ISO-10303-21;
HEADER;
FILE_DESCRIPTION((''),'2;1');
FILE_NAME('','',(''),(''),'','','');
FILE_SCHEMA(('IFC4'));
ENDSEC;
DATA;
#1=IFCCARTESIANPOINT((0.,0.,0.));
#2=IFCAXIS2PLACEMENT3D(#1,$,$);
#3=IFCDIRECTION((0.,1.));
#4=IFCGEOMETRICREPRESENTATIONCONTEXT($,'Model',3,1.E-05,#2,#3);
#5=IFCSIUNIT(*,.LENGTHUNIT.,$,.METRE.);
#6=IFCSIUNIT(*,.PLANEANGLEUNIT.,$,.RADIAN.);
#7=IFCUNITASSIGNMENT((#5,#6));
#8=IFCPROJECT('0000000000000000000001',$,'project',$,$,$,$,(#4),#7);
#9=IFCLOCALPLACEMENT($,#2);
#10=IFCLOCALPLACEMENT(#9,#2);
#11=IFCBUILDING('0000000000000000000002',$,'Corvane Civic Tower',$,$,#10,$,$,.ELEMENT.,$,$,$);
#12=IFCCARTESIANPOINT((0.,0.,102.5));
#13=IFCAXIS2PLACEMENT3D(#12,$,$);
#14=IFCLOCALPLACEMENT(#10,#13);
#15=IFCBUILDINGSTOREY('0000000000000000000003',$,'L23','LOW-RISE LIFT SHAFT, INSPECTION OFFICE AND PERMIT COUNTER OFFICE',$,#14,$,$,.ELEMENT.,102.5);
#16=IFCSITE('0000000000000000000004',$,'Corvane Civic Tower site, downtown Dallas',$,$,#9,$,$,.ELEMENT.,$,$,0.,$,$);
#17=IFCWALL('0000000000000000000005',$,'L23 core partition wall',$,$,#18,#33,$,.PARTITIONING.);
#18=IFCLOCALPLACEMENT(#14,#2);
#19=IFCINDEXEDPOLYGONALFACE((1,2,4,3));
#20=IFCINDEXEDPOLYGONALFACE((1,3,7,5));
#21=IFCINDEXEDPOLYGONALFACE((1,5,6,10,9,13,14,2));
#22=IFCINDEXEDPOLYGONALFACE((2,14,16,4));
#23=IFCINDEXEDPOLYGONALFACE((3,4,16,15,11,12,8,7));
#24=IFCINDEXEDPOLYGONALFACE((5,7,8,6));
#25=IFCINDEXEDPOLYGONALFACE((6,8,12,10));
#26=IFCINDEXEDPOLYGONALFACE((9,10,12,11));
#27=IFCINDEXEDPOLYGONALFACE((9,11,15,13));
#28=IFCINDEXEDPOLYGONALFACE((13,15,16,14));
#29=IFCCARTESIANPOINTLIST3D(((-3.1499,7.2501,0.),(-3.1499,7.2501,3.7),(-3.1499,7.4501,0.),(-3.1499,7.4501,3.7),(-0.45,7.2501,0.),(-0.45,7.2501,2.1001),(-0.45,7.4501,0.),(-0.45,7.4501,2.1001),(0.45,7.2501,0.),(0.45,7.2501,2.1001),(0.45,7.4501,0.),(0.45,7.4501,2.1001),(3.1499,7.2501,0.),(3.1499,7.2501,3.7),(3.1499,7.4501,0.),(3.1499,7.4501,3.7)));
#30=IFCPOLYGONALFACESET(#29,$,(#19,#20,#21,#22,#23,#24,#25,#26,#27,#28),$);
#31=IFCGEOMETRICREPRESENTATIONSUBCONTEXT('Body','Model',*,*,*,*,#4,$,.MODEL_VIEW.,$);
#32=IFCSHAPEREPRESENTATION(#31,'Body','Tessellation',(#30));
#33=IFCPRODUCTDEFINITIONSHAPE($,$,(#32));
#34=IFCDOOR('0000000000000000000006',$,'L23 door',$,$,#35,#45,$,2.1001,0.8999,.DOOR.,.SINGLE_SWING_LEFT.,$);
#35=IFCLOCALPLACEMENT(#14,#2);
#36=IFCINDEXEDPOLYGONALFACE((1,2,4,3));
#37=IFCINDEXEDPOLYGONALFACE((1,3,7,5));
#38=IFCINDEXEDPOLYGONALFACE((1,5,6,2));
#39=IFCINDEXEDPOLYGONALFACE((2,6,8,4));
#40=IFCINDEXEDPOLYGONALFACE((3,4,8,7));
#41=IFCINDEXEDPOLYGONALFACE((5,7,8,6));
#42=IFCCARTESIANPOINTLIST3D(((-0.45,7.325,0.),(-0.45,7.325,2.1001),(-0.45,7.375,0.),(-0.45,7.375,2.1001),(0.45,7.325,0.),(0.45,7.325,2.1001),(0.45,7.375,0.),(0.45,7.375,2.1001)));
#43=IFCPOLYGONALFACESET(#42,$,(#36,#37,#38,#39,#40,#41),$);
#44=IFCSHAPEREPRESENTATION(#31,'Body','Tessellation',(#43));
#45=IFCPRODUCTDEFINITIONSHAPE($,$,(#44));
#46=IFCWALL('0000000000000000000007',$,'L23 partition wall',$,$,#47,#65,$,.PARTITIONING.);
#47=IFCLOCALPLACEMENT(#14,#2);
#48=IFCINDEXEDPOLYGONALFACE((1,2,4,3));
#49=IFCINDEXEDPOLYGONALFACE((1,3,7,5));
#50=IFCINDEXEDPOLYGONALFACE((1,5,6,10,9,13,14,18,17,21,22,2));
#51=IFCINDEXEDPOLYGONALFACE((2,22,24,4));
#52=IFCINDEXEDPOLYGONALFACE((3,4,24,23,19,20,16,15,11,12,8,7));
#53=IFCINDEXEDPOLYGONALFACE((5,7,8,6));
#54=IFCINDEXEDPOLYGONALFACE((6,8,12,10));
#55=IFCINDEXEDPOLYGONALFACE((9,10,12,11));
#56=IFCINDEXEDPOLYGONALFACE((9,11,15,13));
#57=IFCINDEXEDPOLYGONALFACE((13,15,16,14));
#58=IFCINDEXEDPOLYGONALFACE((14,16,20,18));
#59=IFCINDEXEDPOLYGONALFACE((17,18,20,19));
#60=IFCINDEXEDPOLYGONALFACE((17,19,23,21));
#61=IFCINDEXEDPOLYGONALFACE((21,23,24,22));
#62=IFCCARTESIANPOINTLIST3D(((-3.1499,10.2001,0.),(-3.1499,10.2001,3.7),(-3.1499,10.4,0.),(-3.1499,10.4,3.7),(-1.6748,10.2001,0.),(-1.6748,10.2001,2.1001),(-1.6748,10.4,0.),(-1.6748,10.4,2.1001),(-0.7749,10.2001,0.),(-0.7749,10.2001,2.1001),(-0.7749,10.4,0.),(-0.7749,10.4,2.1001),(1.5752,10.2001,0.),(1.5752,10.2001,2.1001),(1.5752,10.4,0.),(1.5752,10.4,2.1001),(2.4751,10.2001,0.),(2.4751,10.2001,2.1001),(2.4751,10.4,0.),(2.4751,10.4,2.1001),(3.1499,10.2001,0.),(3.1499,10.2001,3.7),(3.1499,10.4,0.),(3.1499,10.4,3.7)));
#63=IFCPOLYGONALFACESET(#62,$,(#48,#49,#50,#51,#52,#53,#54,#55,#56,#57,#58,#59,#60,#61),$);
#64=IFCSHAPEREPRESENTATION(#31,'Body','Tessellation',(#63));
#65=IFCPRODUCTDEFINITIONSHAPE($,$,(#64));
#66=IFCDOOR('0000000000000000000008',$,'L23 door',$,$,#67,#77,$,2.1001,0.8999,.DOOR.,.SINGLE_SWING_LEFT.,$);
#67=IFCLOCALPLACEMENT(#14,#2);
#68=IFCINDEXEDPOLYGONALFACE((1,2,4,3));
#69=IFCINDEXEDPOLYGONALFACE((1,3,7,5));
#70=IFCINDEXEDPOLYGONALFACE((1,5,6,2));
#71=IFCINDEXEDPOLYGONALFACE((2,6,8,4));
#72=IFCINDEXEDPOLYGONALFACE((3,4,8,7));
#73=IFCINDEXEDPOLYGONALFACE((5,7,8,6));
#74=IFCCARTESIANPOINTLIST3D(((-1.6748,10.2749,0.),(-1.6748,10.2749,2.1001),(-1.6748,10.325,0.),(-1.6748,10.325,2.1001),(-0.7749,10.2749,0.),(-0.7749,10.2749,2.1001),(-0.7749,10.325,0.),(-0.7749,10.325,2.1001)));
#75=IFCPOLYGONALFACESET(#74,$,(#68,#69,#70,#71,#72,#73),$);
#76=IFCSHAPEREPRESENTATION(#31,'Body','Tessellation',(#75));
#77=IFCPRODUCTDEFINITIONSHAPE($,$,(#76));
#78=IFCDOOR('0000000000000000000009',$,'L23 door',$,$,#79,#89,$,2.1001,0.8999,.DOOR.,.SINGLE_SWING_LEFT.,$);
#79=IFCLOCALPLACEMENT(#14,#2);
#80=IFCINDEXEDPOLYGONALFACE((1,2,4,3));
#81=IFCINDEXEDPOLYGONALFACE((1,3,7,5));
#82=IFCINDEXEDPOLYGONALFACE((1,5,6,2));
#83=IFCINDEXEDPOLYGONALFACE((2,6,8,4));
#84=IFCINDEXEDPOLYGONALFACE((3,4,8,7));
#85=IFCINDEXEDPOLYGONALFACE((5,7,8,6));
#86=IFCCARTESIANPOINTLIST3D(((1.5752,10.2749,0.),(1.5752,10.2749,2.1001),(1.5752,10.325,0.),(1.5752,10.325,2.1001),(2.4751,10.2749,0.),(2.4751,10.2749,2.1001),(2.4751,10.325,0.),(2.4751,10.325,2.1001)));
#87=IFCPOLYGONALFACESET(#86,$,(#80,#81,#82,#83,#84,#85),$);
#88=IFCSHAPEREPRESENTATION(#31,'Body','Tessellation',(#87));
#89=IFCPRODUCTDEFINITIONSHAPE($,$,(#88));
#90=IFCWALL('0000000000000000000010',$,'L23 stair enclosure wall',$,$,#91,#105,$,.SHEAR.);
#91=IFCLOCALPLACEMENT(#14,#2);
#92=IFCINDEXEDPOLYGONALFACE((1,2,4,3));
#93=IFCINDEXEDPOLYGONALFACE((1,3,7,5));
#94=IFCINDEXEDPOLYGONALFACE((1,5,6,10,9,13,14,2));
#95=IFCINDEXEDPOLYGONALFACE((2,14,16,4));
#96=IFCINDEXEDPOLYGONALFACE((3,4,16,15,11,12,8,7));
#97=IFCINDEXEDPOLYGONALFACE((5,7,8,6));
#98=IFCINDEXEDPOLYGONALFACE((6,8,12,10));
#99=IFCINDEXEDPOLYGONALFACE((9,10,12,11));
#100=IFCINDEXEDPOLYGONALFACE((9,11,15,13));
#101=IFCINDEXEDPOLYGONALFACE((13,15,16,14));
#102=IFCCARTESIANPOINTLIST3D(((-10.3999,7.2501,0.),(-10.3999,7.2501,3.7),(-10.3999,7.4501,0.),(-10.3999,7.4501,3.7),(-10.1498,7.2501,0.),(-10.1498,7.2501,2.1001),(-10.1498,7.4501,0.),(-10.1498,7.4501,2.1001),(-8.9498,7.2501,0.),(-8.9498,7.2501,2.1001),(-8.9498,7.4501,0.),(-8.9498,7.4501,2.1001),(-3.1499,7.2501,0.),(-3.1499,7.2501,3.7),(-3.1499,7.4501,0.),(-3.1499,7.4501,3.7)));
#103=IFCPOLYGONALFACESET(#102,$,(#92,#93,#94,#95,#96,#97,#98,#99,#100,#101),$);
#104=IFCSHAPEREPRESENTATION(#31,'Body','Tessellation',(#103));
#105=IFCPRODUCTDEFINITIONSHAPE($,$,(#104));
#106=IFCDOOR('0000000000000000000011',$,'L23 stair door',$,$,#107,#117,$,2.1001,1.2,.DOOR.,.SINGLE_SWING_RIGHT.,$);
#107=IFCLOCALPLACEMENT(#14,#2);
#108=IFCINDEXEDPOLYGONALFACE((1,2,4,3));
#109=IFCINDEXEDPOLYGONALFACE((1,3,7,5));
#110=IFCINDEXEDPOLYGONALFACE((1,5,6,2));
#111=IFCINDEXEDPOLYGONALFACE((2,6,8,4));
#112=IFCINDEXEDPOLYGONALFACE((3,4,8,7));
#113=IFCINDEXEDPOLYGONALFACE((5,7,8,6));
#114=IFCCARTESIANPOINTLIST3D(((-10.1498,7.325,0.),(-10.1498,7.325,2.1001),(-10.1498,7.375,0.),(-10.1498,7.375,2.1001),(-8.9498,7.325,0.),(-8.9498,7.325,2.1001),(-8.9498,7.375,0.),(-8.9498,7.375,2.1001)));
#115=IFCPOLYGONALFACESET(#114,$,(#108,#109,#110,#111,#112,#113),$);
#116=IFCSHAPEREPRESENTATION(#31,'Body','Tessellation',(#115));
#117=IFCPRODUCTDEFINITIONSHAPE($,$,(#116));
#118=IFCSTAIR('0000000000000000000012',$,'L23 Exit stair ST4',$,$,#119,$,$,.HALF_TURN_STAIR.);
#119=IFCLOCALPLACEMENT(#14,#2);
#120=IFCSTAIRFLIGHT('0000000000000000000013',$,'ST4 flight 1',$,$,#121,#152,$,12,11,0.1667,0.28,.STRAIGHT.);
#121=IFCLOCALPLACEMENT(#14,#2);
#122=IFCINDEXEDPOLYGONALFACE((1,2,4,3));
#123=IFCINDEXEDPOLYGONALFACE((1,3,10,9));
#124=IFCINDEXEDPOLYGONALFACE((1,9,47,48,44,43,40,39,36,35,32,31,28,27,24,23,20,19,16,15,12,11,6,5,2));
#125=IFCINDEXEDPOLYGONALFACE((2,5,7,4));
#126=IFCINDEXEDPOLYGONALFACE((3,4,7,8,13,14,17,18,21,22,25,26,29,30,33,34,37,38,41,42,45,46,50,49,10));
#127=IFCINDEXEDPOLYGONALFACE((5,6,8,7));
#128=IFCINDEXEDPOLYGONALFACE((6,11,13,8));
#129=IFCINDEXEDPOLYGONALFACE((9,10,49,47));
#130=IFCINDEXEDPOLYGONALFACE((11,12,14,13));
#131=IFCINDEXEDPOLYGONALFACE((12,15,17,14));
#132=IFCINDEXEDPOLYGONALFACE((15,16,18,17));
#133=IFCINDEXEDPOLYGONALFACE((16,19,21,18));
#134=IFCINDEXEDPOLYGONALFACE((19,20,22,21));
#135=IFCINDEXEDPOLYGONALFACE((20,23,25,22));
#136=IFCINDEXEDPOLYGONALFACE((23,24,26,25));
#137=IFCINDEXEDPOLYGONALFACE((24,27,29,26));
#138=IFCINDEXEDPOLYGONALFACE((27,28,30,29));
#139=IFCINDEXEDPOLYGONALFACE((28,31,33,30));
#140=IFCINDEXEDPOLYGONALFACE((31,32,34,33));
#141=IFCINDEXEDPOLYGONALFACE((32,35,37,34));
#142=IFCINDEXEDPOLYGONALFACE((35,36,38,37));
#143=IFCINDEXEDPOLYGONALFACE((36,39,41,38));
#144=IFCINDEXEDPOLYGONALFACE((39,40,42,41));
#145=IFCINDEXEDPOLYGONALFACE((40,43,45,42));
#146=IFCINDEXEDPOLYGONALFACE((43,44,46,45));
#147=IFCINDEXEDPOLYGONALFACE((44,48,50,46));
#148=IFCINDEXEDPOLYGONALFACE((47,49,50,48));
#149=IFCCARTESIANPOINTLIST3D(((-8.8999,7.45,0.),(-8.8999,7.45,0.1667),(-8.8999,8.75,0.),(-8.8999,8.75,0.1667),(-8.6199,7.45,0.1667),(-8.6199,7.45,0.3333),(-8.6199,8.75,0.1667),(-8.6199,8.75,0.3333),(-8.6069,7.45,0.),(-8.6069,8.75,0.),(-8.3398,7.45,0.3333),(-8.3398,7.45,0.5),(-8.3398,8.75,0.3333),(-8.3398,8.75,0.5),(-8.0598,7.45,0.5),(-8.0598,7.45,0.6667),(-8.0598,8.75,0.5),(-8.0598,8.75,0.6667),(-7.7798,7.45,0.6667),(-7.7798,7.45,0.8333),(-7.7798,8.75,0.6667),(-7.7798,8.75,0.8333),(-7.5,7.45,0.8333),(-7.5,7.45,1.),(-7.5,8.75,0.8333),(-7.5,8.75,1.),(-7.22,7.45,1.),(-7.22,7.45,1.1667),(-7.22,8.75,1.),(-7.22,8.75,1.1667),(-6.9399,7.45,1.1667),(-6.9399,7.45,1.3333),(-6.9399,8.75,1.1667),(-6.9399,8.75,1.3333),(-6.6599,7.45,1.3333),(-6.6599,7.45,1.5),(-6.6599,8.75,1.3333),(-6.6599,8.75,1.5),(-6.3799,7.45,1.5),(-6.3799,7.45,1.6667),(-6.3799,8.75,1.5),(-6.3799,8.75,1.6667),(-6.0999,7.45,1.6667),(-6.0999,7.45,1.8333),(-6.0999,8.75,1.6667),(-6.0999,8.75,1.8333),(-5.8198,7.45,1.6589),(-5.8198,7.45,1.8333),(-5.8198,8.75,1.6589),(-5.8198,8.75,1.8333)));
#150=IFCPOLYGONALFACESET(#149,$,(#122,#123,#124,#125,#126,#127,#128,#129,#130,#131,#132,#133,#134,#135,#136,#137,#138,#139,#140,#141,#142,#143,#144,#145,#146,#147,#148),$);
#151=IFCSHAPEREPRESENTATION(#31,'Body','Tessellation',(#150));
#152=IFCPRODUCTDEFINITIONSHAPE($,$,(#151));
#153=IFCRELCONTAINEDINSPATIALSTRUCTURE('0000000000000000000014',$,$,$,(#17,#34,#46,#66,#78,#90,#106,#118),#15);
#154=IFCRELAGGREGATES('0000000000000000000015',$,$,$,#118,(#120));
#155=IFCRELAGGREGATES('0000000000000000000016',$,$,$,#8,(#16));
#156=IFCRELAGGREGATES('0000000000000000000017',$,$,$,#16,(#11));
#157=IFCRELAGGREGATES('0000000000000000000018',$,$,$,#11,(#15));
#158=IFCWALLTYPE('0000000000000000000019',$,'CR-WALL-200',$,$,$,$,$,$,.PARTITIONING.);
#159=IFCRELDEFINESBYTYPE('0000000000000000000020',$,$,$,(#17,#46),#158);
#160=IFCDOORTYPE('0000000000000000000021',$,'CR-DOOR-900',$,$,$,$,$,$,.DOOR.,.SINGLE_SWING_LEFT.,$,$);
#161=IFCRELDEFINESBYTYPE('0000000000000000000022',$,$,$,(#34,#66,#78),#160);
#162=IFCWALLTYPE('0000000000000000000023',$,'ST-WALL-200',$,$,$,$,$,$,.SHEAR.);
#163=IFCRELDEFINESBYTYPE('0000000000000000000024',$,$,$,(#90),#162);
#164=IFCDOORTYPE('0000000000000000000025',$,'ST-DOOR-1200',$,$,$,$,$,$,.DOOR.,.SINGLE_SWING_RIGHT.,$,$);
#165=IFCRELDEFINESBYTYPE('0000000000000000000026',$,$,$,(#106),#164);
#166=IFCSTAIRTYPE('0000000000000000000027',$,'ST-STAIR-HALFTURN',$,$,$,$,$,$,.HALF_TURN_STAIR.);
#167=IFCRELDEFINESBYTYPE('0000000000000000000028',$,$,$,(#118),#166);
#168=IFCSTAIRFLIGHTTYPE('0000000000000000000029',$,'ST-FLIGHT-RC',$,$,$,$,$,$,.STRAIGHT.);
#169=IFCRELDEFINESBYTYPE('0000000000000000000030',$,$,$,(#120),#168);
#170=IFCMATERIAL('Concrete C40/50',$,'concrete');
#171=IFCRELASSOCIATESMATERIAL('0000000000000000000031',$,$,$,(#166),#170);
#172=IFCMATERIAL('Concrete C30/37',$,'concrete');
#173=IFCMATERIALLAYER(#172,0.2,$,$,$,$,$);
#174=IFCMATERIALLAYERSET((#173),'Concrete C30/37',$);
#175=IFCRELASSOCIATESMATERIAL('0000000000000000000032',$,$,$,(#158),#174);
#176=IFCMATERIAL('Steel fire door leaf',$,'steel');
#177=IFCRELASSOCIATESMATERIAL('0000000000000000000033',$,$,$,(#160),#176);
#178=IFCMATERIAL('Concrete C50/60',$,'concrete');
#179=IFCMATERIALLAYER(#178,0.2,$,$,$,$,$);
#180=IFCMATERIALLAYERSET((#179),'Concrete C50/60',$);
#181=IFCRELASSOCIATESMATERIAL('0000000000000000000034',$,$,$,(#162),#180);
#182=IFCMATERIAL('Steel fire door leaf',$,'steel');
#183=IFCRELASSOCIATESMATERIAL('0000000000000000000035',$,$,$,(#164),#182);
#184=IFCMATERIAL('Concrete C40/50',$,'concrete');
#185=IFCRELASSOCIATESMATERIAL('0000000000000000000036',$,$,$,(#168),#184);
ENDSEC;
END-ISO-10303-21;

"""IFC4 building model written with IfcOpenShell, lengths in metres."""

from ifc_helpers import new_model, si_unit, direction, frame, frame_2d, origin, place, context, subcontext, project, spatial, polyline, rectangle, outline, extrude, material, layer, layer_set, type_object, element, fill, aggregate, save


model = new_model("IFC4")

# Units and contexts
model_context = context("Model", 3, precision=1e-05, world=origin(), true_north=direction((0.0, 1.0)))
body_context = subcontext(model_context, "Body", "Model", "MODEL_VIEW")
ifc_project = project(units=[si_unit("LENGTHUNIT", "METRE"), si_unit("PLANEANGLEUNIT", "RADIAN")], contexts=[model_context])

# Site, building, storey
site_placement = place(None, origin())
site = spatial("IfcSite", under=ifc_project, at=site_placement, Name="Corvane Civic Tower site, downtown Dallas", CompositionType="ELEMENT", RefElevation=0.0)
building_placement = place(site_placement, origin())
building = spatial("IfcBuilding", under=site, at=building_placement, Name="Corvane Civic Tower", CompositionType="ELEMENT")
storey_placement = place(building_placement, frame((0.0, 0.0, 102.5)))
storey = spatial("IfcBuildingStorey", under=building, at=storey_placement, Name="L23", Description="LOW-RISE LIFT SHAFT, INSPECTION OFFICE AND PERMIT COUNTER OFFICE", CompositionType="ELEMENT", Elevation=102.5)

# Shared definitions
ifc_material_1 = material(Name="Concrete C40/50", Category="concrete")
stair_type = type_object("IfcStairType", Name="ST-STAIR-HALFTURN", PredefinedType="HALF_TURN_STAIR", material=ifc_material_1)

# Shared definitions
ifc_material_2 = material(Name="Concrete C30/37", Category="concrete")
ifc_layer_1 = layer(ifc_material_2, 0.2)
ifc_layer_set_1 = layer_set([ifc_layer_1], Name="Concrete C30/37")
wall_type_1 = type_object("IfcWallType", Name="CR-WALL-200", PredefinedType="PARTITIONING", material=ifc_layer_set_1)

# Wall, opening, door
ifc_material_3 = material(Name="Steel fire door leaf", Category="steel")
door_type_1 = type_object("IfcDoorType", Name="CR-DOOR-900", OperationType="SINGLE_SWING_LEFT", PredefinedType="DOOR", material=ifc_material_3)
wall_1_placement = place(storey_placement, frame((-3.1499, 7.3501, 0.0), z_axis=(0.0, 0.0, 1.0), x_axis=(1.0, 0.0, 0.0)))
wall_1 = element("IfcWall", 1, at=wall_1_placement, inside=storey, type_object=wall_type_1, Name="L23 core partition wall", PredefinedType="PARTITIONING", context=body_context, shape_type="SweptSolid", body=[
    extrude(rectangle(XDim=6.2998, YDim=0.2, at=frame_2d((3.1499, 0.0))), origin(), (0.0, 0.0, 1.0), 3.7),
])
opening_1_placement = place(wall_1_placement, frame((2.7, 0.0, 0.0)))
opening_1 = element("IfcOpeningElement", 2, at=opening_1_placement, cuts=wall_1, PredefinedType="OPENING", context=body_context, shape_type="SweptSolid", body=[
    extrude(rectangle(XDim=0.8999, YDim=2.1001, at=frame_2d((0.45, 1.05))), frame((0.0, 0.1099, 0.0), z_axis=(0.0, -1.0, 0.0), x_axis=(1.0, 0.0, 0.0)), (0.0, 0.0, 1.0), 0.22),
])
door_1_placement = place(opening_1_placement, origin())
door_1 = element("IfcDoor", 3, at=door_1_placement, inside=storey, type_object=door_type_1, Name="L23 door", OperationType="SINGLE_SWING_LEFT", OverallHeight=2.1001, OverallWidth=0.8999, PredefinedType="DOOR", context=body_context, shape_type="SweptSolid", body=[
    extrude(rectangle(XDim=0.8999, YDim=2.1001, at=frame_2d((0.45, 1.05))), frame((0.0, 0.0249, 0.0), z_axis=(0.0, -1.0, 0.0), x_axis=(1.0, 0.0, 0.0)), (0.0, 0.0, 1.0), 0.05),
])
fill(opening_1, door_1)

# Wall, openings, doors
wall_2_placement = place(storey_placement, frame((-3.1499, 10.3, 0.0), z_axis=(0.0, 0.0, 1.0), x_axis=(1.0, 0.0, 0.0)))
wall_2 = element("IfcWall", 4, at=wall_2_placement, inside=storey, type_object=wall_type_1, Name="L23 partition wall", PredefinedType="PARTITIONING", context=body_context, shape_type="SweptSolid", body=[
    extrude(rectangle(XDim=6.2998, YDim=0.2, at=frame_2d((3.1499, 0.0))), origin(), (0.0, 0.0, 1.0), 3.7),
])
opening_2_placement = place(wall_2_placement, frame((1.4751, 0.0, 0.0)))
opening_2 = element("IfcOpeningElement", 5, at=opening_2_placement, cuts=wall_2, PredefinedType="OPENING", context=body_context, shape_type="SweptSolid", body=[
    extrude(rectangle(XDim=0.8999, YDim=2.1001, at=frame_2d((0.45, 1.05))), frame((0.0, 0.1099, 0.0), z_axis=(0.0, -1.0, 0.0), x_axis=(1.0, 0.0, 0.0)), (0.0, 0.0, 1.0), 0.22),
])
opening_3_placement = place(wall_2_placement, frame((4.7251, 0.0, 0.0)))
opening_3 = element("IfcOpeningElement", 6, at=opening_3_placement, cuts=wall_2, PredefinedType="OPENING", context=body_context, shape_type="SweptSolid", body=[
    extrude(rectangle(XDim=0.8999, YDim=2.1001, at=frame_2d((0.45, 1.05))), frame((0.0, 0.1099, 0.0), z_axis=(0.0, -1.0, 0.0), x_axis=(1.0, 0.0, 0.0)), (0.0, 0.0, 1.0), 0.22),
])
door_2_placement = place(opening_2_placement, origin())
door_2 = element("IfcDoor", 7, at=door_2_placement, inside=storey, type_object=door_type_1, Name="L23 door", OperationType="SINGLE_SWING_LEFT", OverallHeight=2.1001, OverallWidth=0.8999, PredefinedType="DOOR", context=body_context, shape_type="SweptSolid", body=[
    extrude(rectangle(XDim=0.8999, YDim=2.1001, at=frame_2d((0.45, 1.05))), frame((0.0, 0.0249, 0.0), z_axis=(0.0, -1.0, 0.0), x_axis=(1.0, 0.0, 0.0)), (0.0, 0.0, 1.0), 0.05),
])
fill(opening_2, door_2)
door_3_placement = place(opening_3_placement, origin())
door_3 = element("IfcDoor", 8, at=door_3_placement, inside=storey, type_object=door_type_1, Name="L23 door", OperationType="SINGLE_SWING_LEFT", OverallHeight=2.1001, OverallWidth=0.8999, PredefinedType="DOOR", context=body_context, shape_type="SweptSolid", body=[
    extrude(rectangle(XDim=0.8999, YDim=2.1001, at=frame_2d((0.45, 1.05))), frame((0.0, 0.0249, 0.0), z_axis=(0.0, -1.0, 0.0), x_axis=(1.0, 0.0, 0.0)), (0.0, 0.0, 1.0), 0.05),
])
fill(opening_3, door_3)

# Wall, opening, door
ifc_material_4 = material(Name="Concrete C50/60", Category="concrete")
ifc_layer_2 = layer(ifc_material_4, 0.2)
ifc_layer_set_2 = layer_set([ifc_layer_2], Name="Concrete C50/60")
wall_type_2 = type_object("IfcWallType", Name="ST-WALL-200", PredefinedType="SHEAR", material=ifc_layer_set_2)
wall_3_placement = place(storey_placement, frame((-10.3999, 7.3501, 0.0), z_axis=(0.0, 0.0, 1.0), x_axis=(1.0, 0.0, 0.0)))
wall_3 = element("IfcWall", 9, at=wall_3_placement, inside=storey, type_object=wall_type_2, Name="L23 stair enclosure wall", PredefinedType="SHEAR", context=body_context, shape_type="SweptSolid", body=[
    extrude(rectangle(XDim=7.25, YDim=0.2, at=frame_2d((3.625, 0.0))), origin(), (0.0, 0.0, 1.0), 3.7),
])
opening_4_placement = place(wall_3_placement, frame((0.25, 0.0, 0.0)))
opening_4 = element("IfcOpeningElement", 10, at=opening_4_placement, cuts=wall_3, PredefinedType="OPENING", context=body_context, shape_type="SweptSolid", body=[
    extrude(rectangle(XDim=1.2, YDim=2.1001, at=frame_2d((0.6001, 1.05))), frame((0.0, 0.1099, 0.0), z_axis=(0.0, -1.0, 0.0), x_axis=(1.0, 0.0, 0.0)), (0.0, 0.0, 1.0), 0.22),
])
ifc_material_5 = material(Name="Steel fire door leaf", Category="steel")
door_type_2 = type_object("IfcDoorType", Name="ST-DOOR-1200", OperationType="SINGLE_SWING_RIGHT", PredefinedType="DOOR", material=ifc_material_5)
door_4_placement = place(opening_4_placement, origin())
door_4 = element("IfcDoor", 11, at=door_4_placement, inside=storey, type_object=door_type_2, Name="L23 stair door", OperationType="SINGLE_SWING_RIGHT", OverallHeight=2.1001, OverallWidth=1.2, PredefinedType="DOOR", context=body_context, shape_type="SweptSolid", body=[
    extrude(rectangle(XDim=1.2, YDim=2.1001, at=frame_2d((0.6001, 1.05))), frame((0.0, 0.0249, 0.0), z_axis=(0.0, -1.0, 0.0), x_axis=(1.0, 0.0, 0.0)), (0.0, 0.0, 1.0), 0.05),
])
fill(opening_4, door_4)

# Stair, stair flight
stair_1_placement = place(storey_placement, origin())
stair_1 = element("IfcStair", 12, at=stair_1_placement, inside=storey, type_object=stair_type, Name="L23 Exit stair ST4", PredefinedType="HALF_TURN_STAIR")
ifc_material_6 = material(Name="Concrete C40/50", Category="concrete")
stair_flight_type = type_object("IfcStairFlightType", Name="ST-FLIGHT-RC", PredefinedType="STRAIGHT", material=ifc_material_6)
stair_flight_1_placement = place(storey_placement, frame((-8.8999, 8.1001, 0.0), z_axis=(0.0, 0.0, 1.0), x_axis=(1.0, 0.0, 0.0)))
stair_flight_1 = element("IfcStairFlight", 13, at=stair_flight_1_placement, type_object=stair_flight_type, Name="ST4 flight 1", NumberOfRisers=12, NumberOfTreads=11, PredefinedType="STRAIGHT", RiserHeight=0.1667, TreadLength=0.28, context=body_context, shape_type="SweptSolid", body=[
    extrude(outline(polyline([(0.0, 0.0), (0.0, 0.1667), (0.28, 0.1667), (0.28, 0.3333), (0.5601, 0.3333), (0.5601, 0.5), (0.8401, 0.5), (0.8401, 0.6667), (1.1201, 0.6667), (1.1201, 0.8333), (1.3999, 0.8333), (1.3999, 1.0), (1.6799, 1.0), (1.6799, 1.1667), (1.96, 1.1667), (1.96, 1.3333), (2.24, 1.3333), (2.24, 1.5), (2.52, 1.5), (2.52, 1.6667), (2.8, 1.6667), (2.8, 1.8333), (3.0801, 1.8333), (3.0801, 2.0), (3.0801, 1.6589), (0.293, 0.0), (0.0, 0.0)])), frame((0.0, 0.6499, 0.0), z_axis=(0.0, -1.0, 0.0), x_axis=(1.0, 0.0, 0.0)), (0.0, 0.0, 1.0), 1.3),
])
aggregate(stair_1, [stair_flight_1])

save(model, "model.ifc")
